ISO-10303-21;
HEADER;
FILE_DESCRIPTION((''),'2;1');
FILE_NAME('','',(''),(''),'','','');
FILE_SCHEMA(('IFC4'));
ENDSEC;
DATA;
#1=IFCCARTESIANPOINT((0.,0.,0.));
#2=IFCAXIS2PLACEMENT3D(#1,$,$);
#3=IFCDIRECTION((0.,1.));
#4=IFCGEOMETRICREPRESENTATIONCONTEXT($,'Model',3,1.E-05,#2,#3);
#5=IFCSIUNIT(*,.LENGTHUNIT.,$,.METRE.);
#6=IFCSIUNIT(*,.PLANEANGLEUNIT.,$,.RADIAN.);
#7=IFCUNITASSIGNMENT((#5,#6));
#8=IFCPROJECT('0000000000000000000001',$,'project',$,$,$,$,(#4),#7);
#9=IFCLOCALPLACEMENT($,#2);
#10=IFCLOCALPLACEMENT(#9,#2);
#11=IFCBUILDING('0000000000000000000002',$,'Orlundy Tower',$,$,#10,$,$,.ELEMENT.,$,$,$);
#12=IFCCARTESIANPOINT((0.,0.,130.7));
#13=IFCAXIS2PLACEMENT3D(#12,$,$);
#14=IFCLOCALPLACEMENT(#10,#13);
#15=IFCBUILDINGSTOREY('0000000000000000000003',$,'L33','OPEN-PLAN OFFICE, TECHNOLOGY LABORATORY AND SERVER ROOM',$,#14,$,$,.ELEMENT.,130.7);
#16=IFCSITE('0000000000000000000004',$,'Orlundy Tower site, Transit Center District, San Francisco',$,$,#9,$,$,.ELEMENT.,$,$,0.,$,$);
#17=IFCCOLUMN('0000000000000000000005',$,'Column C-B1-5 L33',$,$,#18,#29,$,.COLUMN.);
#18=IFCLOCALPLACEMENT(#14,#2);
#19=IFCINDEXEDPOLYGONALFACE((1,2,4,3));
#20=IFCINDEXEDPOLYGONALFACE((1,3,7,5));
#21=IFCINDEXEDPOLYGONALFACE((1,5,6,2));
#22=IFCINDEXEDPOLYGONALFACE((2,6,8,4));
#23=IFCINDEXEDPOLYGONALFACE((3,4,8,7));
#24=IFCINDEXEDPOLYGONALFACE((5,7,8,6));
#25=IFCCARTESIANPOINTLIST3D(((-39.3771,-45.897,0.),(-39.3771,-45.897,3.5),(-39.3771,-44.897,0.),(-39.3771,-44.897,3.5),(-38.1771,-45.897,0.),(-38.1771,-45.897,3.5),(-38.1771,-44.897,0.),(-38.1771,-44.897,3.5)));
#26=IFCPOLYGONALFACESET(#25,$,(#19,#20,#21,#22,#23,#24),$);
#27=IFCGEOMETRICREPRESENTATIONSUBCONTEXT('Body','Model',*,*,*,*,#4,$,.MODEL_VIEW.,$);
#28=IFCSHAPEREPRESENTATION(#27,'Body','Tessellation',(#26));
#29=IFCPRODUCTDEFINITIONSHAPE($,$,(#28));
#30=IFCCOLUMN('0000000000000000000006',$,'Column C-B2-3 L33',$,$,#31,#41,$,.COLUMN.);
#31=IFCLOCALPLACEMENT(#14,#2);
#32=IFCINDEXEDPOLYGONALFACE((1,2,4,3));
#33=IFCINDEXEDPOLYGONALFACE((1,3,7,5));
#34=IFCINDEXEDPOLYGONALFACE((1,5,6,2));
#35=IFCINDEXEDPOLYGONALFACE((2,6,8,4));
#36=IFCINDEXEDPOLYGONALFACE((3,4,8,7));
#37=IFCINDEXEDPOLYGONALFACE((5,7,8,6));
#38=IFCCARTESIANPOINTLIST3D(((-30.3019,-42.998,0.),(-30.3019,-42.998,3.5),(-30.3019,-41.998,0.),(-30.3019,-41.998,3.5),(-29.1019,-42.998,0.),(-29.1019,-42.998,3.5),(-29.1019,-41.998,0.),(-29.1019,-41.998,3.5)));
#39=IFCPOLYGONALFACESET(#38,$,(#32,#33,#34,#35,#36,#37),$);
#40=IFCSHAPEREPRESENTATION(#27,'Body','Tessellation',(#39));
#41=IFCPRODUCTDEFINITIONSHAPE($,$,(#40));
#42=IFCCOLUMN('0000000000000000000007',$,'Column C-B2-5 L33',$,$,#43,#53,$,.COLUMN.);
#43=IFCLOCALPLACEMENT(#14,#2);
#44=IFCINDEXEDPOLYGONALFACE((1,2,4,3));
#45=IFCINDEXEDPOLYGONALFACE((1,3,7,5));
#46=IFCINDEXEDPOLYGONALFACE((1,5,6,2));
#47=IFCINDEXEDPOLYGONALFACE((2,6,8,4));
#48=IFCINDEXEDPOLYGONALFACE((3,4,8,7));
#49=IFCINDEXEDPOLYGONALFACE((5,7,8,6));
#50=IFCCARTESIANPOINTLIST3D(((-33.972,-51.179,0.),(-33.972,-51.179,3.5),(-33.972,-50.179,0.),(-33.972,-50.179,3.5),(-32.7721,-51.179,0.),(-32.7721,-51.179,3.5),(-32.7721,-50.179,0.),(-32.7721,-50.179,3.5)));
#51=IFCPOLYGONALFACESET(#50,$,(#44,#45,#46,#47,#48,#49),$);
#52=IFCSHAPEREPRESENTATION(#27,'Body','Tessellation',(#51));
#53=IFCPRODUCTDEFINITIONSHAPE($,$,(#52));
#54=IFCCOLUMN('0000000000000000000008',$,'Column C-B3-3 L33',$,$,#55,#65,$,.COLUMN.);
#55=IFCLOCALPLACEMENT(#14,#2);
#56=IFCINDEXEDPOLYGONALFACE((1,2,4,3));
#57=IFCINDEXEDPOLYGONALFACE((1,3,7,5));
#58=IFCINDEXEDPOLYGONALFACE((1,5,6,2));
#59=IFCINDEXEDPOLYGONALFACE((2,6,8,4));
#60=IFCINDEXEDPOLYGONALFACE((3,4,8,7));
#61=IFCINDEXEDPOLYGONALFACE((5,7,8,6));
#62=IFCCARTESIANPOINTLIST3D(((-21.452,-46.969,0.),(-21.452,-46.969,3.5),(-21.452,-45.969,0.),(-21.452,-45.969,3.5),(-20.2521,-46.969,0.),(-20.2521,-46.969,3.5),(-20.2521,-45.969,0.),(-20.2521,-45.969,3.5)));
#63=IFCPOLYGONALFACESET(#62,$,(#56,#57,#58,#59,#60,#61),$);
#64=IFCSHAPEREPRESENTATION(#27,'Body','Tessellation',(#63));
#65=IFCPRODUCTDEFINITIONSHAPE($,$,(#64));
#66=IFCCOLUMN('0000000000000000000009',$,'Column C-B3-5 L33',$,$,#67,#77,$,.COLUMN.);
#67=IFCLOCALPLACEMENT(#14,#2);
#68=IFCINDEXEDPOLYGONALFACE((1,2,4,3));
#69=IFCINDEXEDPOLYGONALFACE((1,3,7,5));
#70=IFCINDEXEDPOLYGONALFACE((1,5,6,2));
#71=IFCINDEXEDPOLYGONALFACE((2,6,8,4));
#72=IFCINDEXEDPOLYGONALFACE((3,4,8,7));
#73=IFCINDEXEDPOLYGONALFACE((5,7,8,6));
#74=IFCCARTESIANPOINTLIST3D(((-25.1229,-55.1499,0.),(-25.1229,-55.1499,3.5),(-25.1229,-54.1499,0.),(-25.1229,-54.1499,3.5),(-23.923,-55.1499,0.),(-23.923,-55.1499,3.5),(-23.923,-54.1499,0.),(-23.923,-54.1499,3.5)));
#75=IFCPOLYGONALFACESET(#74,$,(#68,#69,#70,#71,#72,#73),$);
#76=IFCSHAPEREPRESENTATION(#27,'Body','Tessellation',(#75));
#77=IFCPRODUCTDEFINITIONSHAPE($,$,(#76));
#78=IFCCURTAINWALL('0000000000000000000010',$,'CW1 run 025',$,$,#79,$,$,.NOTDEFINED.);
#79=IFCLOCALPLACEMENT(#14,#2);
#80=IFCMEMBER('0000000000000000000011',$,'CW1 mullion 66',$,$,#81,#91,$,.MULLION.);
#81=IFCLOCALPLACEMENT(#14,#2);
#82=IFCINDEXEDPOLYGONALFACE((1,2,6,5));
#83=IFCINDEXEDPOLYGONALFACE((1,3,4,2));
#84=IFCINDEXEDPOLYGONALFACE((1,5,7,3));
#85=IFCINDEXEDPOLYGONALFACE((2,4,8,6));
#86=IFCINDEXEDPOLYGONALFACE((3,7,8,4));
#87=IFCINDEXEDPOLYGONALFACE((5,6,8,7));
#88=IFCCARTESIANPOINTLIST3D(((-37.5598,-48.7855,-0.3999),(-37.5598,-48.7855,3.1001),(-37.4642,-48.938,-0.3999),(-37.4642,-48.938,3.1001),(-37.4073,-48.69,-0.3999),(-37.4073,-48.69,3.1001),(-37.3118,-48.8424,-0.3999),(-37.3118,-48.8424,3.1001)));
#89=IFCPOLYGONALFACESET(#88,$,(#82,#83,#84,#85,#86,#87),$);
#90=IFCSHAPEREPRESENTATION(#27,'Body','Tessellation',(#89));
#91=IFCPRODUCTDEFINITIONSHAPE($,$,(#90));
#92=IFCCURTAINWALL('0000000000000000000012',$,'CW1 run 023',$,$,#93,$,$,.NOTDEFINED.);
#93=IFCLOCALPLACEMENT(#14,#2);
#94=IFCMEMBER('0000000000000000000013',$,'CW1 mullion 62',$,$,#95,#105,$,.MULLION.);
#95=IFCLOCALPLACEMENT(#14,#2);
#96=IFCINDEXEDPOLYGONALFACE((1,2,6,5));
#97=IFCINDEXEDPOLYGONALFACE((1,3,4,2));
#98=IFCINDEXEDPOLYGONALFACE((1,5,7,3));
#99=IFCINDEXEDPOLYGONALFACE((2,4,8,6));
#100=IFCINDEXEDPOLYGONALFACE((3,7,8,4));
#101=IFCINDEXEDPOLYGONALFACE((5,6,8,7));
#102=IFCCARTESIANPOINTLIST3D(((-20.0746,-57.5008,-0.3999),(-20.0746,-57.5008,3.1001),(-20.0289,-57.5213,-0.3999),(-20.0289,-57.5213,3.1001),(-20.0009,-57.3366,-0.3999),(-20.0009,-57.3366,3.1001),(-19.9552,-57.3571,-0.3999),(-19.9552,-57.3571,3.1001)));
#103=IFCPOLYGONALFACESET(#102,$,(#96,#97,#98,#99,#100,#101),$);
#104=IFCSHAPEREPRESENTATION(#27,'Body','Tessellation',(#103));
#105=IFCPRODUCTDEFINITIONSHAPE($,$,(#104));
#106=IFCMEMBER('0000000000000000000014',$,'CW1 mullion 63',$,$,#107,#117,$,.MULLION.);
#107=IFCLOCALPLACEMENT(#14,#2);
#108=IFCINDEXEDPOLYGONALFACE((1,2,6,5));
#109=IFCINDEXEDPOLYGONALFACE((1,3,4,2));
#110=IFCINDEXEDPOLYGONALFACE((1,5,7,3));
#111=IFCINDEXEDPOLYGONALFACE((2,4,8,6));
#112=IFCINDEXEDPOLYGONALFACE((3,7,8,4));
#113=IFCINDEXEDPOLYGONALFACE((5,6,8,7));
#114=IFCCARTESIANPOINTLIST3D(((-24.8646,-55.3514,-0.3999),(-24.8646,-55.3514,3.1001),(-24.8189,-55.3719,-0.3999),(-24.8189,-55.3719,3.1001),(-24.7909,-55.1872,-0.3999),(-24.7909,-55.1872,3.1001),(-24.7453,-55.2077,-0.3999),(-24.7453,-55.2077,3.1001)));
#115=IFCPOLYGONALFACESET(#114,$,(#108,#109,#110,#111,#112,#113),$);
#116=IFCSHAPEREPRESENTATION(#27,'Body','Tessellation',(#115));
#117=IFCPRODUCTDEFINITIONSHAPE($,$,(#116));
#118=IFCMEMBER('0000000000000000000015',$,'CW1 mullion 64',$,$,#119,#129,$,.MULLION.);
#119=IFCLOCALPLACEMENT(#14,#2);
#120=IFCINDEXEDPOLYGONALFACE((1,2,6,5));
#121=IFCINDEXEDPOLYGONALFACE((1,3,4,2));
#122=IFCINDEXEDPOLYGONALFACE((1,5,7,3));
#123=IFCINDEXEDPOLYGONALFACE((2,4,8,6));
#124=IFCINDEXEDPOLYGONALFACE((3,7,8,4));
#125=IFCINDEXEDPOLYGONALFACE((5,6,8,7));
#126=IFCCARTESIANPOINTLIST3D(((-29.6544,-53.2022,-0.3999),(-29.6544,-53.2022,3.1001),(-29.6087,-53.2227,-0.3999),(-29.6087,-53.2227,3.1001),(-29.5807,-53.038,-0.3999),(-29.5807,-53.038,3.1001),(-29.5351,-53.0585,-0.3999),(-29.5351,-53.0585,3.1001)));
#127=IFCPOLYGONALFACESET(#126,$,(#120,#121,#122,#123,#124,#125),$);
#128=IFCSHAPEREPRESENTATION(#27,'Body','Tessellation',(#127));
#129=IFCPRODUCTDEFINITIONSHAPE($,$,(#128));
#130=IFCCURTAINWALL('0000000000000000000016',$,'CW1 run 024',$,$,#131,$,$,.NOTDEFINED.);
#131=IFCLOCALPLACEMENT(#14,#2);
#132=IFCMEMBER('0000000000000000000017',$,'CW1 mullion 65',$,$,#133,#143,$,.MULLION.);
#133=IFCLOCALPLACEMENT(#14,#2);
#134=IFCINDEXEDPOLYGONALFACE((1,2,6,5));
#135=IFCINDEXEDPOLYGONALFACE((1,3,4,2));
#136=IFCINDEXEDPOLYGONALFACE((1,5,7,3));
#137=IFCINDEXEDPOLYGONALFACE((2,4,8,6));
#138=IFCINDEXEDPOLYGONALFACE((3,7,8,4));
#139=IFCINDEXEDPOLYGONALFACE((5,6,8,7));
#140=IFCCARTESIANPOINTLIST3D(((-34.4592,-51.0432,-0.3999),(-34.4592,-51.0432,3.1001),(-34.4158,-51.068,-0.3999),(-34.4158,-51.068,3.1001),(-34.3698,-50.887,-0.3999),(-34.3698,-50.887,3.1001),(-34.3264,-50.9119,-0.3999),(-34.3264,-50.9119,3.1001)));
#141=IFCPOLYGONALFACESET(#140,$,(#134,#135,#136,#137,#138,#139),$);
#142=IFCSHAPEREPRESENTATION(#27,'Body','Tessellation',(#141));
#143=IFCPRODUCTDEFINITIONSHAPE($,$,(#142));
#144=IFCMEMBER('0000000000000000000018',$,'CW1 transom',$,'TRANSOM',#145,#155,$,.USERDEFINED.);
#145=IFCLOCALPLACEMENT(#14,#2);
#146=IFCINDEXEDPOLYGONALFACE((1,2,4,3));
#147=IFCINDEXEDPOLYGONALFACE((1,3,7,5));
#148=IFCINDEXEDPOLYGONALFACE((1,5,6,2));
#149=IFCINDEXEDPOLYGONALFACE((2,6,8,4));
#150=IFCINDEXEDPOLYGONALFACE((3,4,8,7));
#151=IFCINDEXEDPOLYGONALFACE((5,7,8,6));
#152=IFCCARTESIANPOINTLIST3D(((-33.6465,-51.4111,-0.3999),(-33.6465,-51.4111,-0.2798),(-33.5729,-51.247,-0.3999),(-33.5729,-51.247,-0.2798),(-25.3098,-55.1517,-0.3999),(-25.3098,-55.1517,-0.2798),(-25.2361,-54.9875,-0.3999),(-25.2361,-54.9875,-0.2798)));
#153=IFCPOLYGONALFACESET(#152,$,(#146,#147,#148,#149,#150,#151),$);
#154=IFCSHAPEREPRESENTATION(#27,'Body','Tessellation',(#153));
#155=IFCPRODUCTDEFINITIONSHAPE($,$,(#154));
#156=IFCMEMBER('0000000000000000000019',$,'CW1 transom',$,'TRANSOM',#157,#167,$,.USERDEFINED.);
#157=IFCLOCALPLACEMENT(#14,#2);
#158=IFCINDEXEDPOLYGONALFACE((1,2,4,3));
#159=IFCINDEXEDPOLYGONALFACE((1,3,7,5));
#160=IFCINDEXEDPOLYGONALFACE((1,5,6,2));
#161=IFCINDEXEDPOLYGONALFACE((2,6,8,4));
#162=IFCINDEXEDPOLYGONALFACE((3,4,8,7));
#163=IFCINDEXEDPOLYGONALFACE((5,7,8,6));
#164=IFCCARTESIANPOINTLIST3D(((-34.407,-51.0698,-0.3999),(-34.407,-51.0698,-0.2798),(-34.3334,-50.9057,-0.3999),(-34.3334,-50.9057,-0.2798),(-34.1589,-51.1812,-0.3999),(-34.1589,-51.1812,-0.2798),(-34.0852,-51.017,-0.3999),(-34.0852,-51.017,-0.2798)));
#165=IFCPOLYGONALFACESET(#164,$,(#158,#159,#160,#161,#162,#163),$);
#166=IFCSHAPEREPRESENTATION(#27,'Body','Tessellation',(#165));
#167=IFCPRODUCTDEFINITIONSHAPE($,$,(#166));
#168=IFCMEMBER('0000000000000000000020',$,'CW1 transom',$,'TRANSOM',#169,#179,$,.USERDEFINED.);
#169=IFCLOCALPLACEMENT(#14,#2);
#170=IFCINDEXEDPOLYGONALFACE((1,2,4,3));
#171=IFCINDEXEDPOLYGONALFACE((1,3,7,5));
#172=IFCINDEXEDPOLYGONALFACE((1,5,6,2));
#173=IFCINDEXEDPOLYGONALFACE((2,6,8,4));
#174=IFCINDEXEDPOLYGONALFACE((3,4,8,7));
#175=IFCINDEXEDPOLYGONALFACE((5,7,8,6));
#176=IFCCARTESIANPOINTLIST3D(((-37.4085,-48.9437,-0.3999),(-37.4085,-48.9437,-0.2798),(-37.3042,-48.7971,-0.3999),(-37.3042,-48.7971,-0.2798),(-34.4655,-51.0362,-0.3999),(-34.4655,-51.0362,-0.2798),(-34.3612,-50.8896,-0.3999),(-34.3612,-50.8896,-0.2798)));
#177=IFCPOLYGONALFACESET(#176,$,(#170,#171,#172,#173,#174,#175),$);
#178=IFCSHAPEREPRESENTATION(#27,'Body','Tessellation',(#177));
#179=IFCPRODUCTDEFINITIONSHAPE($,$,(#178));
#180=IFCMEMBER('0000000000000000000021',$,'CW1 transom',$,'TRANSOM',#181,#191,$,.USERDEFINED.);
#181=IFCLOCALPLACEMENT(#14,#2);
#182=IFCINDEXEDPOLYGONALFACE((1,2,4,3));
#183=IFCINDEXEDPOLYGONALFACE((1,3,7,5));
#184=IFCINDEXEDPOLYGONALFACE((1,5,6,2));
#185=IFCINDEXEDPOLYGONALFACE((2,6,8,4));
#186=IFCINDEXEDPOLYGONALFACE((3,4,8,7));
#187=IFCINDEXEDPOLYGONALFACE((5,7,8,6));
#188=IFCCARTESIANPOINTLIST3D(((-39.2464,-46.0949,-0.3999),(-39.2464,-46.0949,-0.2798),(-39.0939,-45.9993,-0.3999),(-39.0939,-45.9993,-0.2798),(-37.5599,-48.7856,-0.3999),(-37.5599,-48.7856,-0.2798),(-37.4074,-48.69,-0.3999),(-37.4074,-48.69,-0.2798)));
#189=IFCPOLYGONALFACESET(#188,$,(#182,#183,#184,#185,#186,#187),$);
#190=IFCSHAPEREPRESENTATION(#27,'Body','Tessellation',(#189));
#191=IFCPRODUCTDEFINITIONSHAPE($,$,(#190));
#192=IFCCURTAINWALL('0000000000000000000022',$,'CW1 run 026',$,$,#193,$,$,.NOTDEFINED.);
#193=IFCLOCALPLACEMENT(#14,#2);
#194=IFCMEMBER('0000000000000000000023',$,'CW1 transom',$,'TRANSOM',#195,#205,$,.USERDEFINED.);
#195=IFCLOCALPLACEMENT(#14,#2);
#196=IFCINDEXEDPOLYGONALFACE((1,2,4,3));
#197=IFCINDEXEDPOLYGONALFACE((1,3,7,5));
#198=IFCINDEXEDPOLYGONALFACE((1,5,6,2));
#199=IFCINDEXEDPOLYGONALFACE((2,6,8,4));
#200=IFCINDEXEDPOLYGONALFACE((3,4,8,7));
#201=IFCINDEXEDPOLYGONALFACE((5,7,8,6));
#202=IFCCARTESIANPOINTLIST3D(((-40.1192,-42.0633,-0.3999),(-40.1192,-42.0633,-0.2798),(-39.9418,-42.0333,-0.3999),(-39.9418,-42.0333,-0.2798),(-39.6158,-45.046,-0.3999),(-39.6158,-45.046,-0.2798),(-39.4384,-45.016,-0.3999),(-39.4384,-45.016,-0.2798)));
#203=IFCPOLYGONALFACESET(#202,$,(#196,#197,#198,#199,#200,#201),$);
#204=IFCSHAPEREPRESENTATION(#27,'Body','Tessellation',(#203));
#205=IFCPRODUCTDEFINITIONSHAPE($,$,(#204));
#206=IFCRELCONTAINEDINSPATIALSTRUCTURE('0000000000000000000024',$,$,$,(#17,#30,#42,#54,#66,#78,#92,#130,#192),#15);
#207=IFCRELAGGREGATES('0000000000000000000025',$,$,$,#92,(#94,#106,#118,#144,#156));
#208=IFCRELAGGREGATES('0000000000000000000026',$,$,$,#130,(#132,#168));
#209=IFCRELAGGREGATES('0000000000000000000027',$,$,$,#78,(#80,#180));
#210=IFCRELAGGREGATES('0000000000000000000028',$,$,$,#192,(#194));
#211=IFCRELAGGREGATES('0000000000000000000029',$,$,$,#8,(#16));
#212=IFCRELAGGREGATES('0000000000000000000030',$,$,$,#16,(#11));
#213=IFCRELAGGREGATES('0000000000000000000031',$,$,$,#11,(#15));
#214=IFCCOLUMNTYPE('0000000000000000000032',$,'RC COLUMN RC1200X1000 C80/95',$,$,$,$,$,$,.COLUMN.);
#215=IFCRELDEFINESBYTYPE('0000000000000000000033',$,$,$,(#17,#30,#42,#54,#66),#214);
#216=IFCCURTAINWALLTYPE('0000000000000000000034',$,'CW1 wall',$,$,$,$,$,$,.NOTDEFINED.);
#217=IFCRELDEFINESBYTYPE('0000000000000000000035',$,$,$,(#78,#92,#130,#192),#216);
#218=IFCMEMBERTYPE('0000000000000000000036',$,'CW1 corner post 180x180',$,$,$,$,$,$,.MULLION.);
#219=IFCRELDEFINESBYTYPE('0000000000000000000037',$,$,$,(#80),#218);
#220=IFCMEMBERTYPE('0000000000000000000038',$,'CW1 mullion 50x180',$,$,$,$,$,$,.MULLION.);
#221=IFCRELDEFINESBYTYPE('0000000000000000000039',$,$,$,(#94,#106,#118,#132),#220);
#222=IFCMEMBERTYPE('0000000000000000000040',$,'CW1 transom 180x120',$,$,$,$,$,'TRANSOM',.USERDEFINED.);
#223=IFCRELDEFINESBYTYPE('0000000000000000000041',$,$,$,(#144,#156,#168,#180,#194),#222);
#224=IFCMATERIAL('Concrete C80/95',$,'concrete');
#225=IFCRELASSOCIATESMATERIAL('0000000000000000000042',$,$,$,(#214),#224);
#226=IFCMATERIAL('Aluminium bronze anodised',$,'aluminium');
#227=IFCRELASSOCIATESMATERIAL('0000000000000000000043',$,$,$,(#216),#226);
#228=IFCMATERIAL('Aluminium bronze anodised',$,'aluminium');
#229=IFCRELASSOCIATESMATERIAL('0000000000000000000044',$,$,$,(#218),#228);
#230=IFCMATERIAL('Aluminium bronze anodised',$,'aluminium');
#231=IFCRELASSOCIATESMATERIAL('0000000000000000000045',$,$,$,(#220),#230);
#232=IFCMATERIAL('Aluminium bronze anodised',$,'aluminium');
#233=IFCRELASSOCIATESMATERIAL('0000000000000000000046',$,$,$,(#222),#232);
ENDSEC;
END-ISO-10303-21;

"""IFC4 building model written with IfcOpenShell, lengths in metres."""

from ifc_helpers import new_model, si_unit, direction, frame, origin, origin_2d, place, context, subcontext, project, spatial, rectangle, extrude, material, material_profile, profile_set, type_object, element, aggregate, save


model = new_model("IFC4")

# Units and contexts
model_context = context("Model", 3, precision=1e-05, world=origin(), true_north=direction((0.0, 1.0)))
body_context = subcontext(model_context, "Body", "Model", "MODEL_VIEW")
ifc_project = project(units=[si_unit("LENGTHUNIT", "METRE"), si_unit("PLANEANGLEUNIT", "RADIAN")], contexts=[model_context])

# Site, building, storey
site_placement = place(None, origin())
site = spatial("IfcSite", under=ifc_project, at=site_placement, Name="Orlundy Tower site, Transit Center District, San Francisco", CompositionType="ELEMENT", RefElevation=0.0)
building_placement = place(site_placement, origin())
building = spatial("IfcBuilding", under=site, at=building_placement, Name="Orlundy Tower", CompositionType="ELEMENT")
storey_placement = place(building_placement, frame((0.0, 0.0, 130.7)))
storey = spatial("IfcBuildingStorey", under=building, at=storey_placement, Name="L33", Description="OPEN-PLAN OFFICE, TECHNOLOGY LABORATORY AND SERVER ROOM", CompositionType="ELEMENT", Elevation=130.7)

# Columns
ifc_material_1 = material(Name="Concrete C80/95", Category="concrete")
ifc_material_profile_1 = material_profile(ifc_material_1, rectangle(XDim=1.2, YDim=1.0, at=origin_2d()), Name="RC1200X1000")
ifc_profile_set_1 = profile_set([ifc_material_profile_1], Name="Concrete C80/95")
column_type = type_object("IfcColumnType", Name="RC COLUMN RC1200X1000 C80/95", PredefinedType="COLUMN", material=ifc_profile_set_1)
for number, where, z_axis, x_axis, name in (
    (1, (-38.7771, -45.397, 0.0), (0.0, 0.0, 1.0), (1.0, 0.0, 0.0), "Column C-B1-5 L33"),
    (2, (-29.7019, -42.498, 0.0), (0.0, 0.0, 1.0), (1.0, 0.0, 0.0), "Column C-B2-3 L33"),
    (3, (-33.3721, -50.679, 0.0), (0.0, 0.0, 1.0), (1.0, 0.0, 0.0), "Column C-B2-5 L33"),
    (4, (-20.8521, -46.469, 0.0), (0.0, 0.0, 1.0), (1.0, 0.0, 0.0), "Column C-B3-3 L33"),
    (5, (-24.5229, -54.6499, 0.0), (0.0, 0.0, 1.0), (1.0, 0.0, 0.0), "Column C-B3-5 L33"),
):
    element("IfcColumn", number, at=place(storey_placement, frame(where, z_axis=z_axis, x_axis=x_axis)), inside=storey, type_object=column_type, Name=name, PredefinedType="COLUMN", context=body_context, shape_type="SweptSolid", body=[
        extrude(rectangle(XDim=1.2, YDim=1.0, at=origin_2d()), origin(), (0.0, 0.0, 1.0), 3.5),
    ])

# Curtain wall, member
ifc_material_2 = material(Name="Aluminium bronze anodised", Category="aluminium")
curtain_wall_type = type_object("IfcCurtainWallType", Name="CW1 wall", PredefinedType="NOTDEFINED", material=ifc_material_2)
curtain_wall_1_placement = place(storey_placement, origin())
curtain_wall_1 = element("IfcCurtainWall", 6, at=curtain_wall_1_placement, inside=storey, type_object=curtain_wall_type, Name="CW1 run 025", PredefinedType="NOTDEFINED")
ifc_material_3 = material(Name="Aluminium bronze anodised", Category="aluminium")
ifc_material_profile_2 = material_profile(ifc_material_3, rectangle(XDim=0.1799, YDim=0.1799, at=origin_2d()), Name="CW1 corner post 180x180")
ifc_profile_set_2 = profile_set([ifc_material_profile_2], Name="Aluminium bronze anodised")
member_type_1 = type_object("IfcMemberType", Name="CW1 corner post 180x180", PredefinedType="MULLION", material=ifc_profile_set_2)
member_1_placement = place(storey_placement, frame((-37.4358, -48.814, -0.3999), z_axis=(0.0, 0.0, 1.0), x_axis=(-0.847285, -0.531138, 0.0)))
member_1 = element("IfcMember", 7, at=member_1_placement, type_object=member_type_1, Name="CW1 mullion 66", PredefinedType="MULLION", context=body_context, shape_type="SweptSolid", body=[
    extrude(rectangle(XDim=0.1799, YDim=0.1799, at=origin_2d()), origin(), (0.0, 0.0, 1.0), 3.5),
])

# Curtain wall, members
curtain_wall_2_placement = place(storey_placement, origin())
curtain_wall_2 = element("IfcCurtainWall", 8, at=curtain_wall_2_placement, inside=storey, type_object=curtain_wall_type, Name="CW1 run 023", PredefinedType="NOTDEFINED")
ifc_material_4 = material(Name="Aluminium bronze anodised", Category="aluminium")
ifc_material_profile_3 = material_profile(ifc_material_4, rectangle(XDim=0.1799, YDim=0.05, at=origin_2d()), Name="CW1 mullion 50x180")
ifc_profile_set_3 = profile_set([ifc_material_profile_3], Name="Aluminium bronze anodised")
member_type_2 = type_object("IfcMemberType", Name="CW1 mullion 50x180", PredefinedType="MULLION", material=ifc_profile_set_3)
member_2_placement = place(storey_placement, frame((-20.0149, -57.429, -0.3999), z_axis=(0.0, 0.0, 1.0), x_axis=(-0.409374, -0.912366, 0.0)))
member_2 = element("IfcMember", 9, at=member_2_placement, type_object=member_type_2, Name="CW1 mullion 62", PredefinedType="MULLION", context=body_context, shape_type="SweptSolid", body=[
    extrude(rectangle(XDim=0.1799, YDim=0.05, at=origin_2d()), origin(), (0.0, 0.0, 1.0), 3.5),
])
member_3_placement = place(storey_placement, frame((-24.8049, -55.2795, -0.3999), z_axis=(0.0, 0.0, 1.0), x_axis=(-0.409374, -0.912366, 0.0)))
member_3 = element("IfcMember", 10, at=member_3_placement, type_object=member_type_2, Name="CW1 mullion 63", PredefinedType="MULLION", context=body_context, shape_type="SweptSolid", body=[
    extrude(rectangle(XDim=0.1799, YDim=0.05, at=origin_2d()), origin(), (0.0, 0.0, 1.0), 3.5),
])
member_4_placement = place(storey_placement, frame((-29.5947, -53.1304, -0.3999), z_axis=(0.0, 0.0, 1.0), x_axis=(-0.409374, -0.912366, 0.0)))
member_4 = element("IfcMember", 11, at=member_4_placement, type_object=member_type_2, Name="CW1 mullion 64", PredefinedType="MULLION", context=body_context, shape_type="SweptSolid", body=[
    extrude(rectangle(XDim=0.1799, YDim=0.05, at=origin_2d()), origin(), (0.0, 0.0, 1.0), 3.5),
])

# Curtain wall, member
curtain_wall_3_placement = place(storey_placement, origin())
curtain_wall_3 = element("IfcCurtainWall", 12, at=curtain_wall_3_placement, inside=storey, type_object=curtain_wall_type, Name="CW1 run 024", PredefinedType="NOTDEFINED")
member_5_placement = place(storey_placement, frame((-34.3928, -50.9775, -0.3999), z_axis=(0.0, 0.0, 1.0), x_axis=(-0.496817, -0.867855, 0.0)))
member_5 = element("IfcMember", 13, at=member_5_placement, type_object=member_type_2, Name="CW1 mullion 65", PredefinedType="MULLION", context=body_context, shape_type="SweptSolid", body=[
    extrude(rectangle(XDim=0.1799, YDim=0.05, at=origin_2d()), origin(), (0.0, 0.0, 1.0), 3.5),
])

# Members
ifc_material_5 = material(Name="Aluminium bronze anodised", Category="aluminium")
ifc_material_profile_4 = material_profile(ifc_material_5, rectangle(XDim=0.1799, YDim=0.1201, at=origin_2d()), Name="CW1 transom 180x120")
ifc_profile_set_4 = profile_set([ifc_material_profile_4], Name="Aluminium bronze anodised")
member_type_3 = type_object("IfcMemberType", Name="CW1 transom 180x120", ElementType="TRANSOM", PredefinedType="USERDEFINED", material=ifc_profile_set_4)
member_6_placement = place(storey_placement, frame((-25.2729, -55.0696, -0.3398), z_axis=(-0.912372, 0.409361, 0.0), x_axis=(-0.409361, -0.912372, 0.0)))
member_6 = element("IfcMember", 14, at=member_6_placement, type_object=member_type_3, Name="CW1 transom", ObjectType="TRANSOM", PredefinedType="USERDEFINED", context=body_context, shape_type="SweptSolid", body=[
    extrude(rectangle(XDim=0.1799, YDim=0.1201, at=origin_2d()), origin(), (0.0, 0.0, 1.0), 9.1375),
])
member_7_placement = place(storey_placement, frame((-34.1221, -51.0991, -0.3398), z_axis=(-0.912324, 0.409468, 0.0), x_axis=(-0.409468, -0.912324, 0.0)))
member_7 = element("IfcMember", 15, at=member_7_placement, type_object=member_type_3, Name="CW1 transom", ObjectType="TRANSOM", PredefinedType="USERDEFINED", context=body_context, shape_type="SweptSolid", body=[
    extrude(rectangle(XDim=0.1799, YDim=0.1201, at=origin_2d()), origin(), (0.0, 0.0, 1.0), 0.272),
])
member_8_placement = place(storey_placement, frame((-34.4133, -50.9629, -0.3398), z_axis=(-0.815001, 0.579459, 0.0), x_axis=(-0.579459, -0.815001, 0.0)))
member_8 = element("IfcMember", 16, at=member_8_placement, type_object=member_type_3, Name="CW1 transom", ObjectType="TRANSOM", PredefinedType="USERDEFINED", context=body_context, shape_type="SweptSolid", body=[
    extrude(rectangle(XDim=0.1799, YDim=0.1201, at=origin_2d()), origin(), (0.0, 0.0, 1.0), 3.6111),
])
member_9_placement = place(storey_placement, frame((-37.4836, -48.7378, -0.3398), z_axis=(-0.531097, 0.847311, 0.0), x_axis=(-0.847311, -0.531097, 0.0)))
member_9 = element("IfcMember", 17, at=member_9_placement, type_object=member_type_3, Name="CW1 transom", ObjectType="TRANSOM", PredefinedType="USERDEFINED", context=body_context, shape_type="SweptSolid", body=[
    extrude(rectangle(XDim=0.1799, YDim=0.1201, at=origin_2d()), origin(), (0.0, 0.0, 1.0), 3.1755),
])

# Curtain wall, member
curtain_wall_4_placement = place(storey_placement, origin())
curtain_wall_4 = element("IfcCurtainWall", 18, at=curtain_wall_4_placement, inside=storey, type_object=curtain_wall_type, Name="CW1 run 026", PredefinedType="NOTDEFINED")
member_10_placement = place(storey_placement, frame((-39.5271, -45.031, -0.3398), z_axis=(-0.166427, 0.986054, 0.0), x_axis=(-0.986054, -0.166427, 0.0)))
member_10 = element("IfcMember", 19, at=member_10_placement, type_object=member_type_3, Name="CW1 transom", ObjectType="TRANSOM", PredefinedType="USERDEFINED", context=body_context, shape_type="SweptSolid", body=[
    extrude(rectangle(XDim=0.1799, YDim=0.1201, at=origin_2d()), origin(), (0.0, 0.0, 1.0), 3.0249),
])

aggregate(curtain_wall_2, [member_2, member_3, member_4, member_6, member_7])
aggregate(curtain_wall_3, [member_5, member_8])
aggregate(curtain_wall_1, [member_1, member_9])
aggregate(curtain_wall_4, [member_10])

save(model, "model.ifc")
